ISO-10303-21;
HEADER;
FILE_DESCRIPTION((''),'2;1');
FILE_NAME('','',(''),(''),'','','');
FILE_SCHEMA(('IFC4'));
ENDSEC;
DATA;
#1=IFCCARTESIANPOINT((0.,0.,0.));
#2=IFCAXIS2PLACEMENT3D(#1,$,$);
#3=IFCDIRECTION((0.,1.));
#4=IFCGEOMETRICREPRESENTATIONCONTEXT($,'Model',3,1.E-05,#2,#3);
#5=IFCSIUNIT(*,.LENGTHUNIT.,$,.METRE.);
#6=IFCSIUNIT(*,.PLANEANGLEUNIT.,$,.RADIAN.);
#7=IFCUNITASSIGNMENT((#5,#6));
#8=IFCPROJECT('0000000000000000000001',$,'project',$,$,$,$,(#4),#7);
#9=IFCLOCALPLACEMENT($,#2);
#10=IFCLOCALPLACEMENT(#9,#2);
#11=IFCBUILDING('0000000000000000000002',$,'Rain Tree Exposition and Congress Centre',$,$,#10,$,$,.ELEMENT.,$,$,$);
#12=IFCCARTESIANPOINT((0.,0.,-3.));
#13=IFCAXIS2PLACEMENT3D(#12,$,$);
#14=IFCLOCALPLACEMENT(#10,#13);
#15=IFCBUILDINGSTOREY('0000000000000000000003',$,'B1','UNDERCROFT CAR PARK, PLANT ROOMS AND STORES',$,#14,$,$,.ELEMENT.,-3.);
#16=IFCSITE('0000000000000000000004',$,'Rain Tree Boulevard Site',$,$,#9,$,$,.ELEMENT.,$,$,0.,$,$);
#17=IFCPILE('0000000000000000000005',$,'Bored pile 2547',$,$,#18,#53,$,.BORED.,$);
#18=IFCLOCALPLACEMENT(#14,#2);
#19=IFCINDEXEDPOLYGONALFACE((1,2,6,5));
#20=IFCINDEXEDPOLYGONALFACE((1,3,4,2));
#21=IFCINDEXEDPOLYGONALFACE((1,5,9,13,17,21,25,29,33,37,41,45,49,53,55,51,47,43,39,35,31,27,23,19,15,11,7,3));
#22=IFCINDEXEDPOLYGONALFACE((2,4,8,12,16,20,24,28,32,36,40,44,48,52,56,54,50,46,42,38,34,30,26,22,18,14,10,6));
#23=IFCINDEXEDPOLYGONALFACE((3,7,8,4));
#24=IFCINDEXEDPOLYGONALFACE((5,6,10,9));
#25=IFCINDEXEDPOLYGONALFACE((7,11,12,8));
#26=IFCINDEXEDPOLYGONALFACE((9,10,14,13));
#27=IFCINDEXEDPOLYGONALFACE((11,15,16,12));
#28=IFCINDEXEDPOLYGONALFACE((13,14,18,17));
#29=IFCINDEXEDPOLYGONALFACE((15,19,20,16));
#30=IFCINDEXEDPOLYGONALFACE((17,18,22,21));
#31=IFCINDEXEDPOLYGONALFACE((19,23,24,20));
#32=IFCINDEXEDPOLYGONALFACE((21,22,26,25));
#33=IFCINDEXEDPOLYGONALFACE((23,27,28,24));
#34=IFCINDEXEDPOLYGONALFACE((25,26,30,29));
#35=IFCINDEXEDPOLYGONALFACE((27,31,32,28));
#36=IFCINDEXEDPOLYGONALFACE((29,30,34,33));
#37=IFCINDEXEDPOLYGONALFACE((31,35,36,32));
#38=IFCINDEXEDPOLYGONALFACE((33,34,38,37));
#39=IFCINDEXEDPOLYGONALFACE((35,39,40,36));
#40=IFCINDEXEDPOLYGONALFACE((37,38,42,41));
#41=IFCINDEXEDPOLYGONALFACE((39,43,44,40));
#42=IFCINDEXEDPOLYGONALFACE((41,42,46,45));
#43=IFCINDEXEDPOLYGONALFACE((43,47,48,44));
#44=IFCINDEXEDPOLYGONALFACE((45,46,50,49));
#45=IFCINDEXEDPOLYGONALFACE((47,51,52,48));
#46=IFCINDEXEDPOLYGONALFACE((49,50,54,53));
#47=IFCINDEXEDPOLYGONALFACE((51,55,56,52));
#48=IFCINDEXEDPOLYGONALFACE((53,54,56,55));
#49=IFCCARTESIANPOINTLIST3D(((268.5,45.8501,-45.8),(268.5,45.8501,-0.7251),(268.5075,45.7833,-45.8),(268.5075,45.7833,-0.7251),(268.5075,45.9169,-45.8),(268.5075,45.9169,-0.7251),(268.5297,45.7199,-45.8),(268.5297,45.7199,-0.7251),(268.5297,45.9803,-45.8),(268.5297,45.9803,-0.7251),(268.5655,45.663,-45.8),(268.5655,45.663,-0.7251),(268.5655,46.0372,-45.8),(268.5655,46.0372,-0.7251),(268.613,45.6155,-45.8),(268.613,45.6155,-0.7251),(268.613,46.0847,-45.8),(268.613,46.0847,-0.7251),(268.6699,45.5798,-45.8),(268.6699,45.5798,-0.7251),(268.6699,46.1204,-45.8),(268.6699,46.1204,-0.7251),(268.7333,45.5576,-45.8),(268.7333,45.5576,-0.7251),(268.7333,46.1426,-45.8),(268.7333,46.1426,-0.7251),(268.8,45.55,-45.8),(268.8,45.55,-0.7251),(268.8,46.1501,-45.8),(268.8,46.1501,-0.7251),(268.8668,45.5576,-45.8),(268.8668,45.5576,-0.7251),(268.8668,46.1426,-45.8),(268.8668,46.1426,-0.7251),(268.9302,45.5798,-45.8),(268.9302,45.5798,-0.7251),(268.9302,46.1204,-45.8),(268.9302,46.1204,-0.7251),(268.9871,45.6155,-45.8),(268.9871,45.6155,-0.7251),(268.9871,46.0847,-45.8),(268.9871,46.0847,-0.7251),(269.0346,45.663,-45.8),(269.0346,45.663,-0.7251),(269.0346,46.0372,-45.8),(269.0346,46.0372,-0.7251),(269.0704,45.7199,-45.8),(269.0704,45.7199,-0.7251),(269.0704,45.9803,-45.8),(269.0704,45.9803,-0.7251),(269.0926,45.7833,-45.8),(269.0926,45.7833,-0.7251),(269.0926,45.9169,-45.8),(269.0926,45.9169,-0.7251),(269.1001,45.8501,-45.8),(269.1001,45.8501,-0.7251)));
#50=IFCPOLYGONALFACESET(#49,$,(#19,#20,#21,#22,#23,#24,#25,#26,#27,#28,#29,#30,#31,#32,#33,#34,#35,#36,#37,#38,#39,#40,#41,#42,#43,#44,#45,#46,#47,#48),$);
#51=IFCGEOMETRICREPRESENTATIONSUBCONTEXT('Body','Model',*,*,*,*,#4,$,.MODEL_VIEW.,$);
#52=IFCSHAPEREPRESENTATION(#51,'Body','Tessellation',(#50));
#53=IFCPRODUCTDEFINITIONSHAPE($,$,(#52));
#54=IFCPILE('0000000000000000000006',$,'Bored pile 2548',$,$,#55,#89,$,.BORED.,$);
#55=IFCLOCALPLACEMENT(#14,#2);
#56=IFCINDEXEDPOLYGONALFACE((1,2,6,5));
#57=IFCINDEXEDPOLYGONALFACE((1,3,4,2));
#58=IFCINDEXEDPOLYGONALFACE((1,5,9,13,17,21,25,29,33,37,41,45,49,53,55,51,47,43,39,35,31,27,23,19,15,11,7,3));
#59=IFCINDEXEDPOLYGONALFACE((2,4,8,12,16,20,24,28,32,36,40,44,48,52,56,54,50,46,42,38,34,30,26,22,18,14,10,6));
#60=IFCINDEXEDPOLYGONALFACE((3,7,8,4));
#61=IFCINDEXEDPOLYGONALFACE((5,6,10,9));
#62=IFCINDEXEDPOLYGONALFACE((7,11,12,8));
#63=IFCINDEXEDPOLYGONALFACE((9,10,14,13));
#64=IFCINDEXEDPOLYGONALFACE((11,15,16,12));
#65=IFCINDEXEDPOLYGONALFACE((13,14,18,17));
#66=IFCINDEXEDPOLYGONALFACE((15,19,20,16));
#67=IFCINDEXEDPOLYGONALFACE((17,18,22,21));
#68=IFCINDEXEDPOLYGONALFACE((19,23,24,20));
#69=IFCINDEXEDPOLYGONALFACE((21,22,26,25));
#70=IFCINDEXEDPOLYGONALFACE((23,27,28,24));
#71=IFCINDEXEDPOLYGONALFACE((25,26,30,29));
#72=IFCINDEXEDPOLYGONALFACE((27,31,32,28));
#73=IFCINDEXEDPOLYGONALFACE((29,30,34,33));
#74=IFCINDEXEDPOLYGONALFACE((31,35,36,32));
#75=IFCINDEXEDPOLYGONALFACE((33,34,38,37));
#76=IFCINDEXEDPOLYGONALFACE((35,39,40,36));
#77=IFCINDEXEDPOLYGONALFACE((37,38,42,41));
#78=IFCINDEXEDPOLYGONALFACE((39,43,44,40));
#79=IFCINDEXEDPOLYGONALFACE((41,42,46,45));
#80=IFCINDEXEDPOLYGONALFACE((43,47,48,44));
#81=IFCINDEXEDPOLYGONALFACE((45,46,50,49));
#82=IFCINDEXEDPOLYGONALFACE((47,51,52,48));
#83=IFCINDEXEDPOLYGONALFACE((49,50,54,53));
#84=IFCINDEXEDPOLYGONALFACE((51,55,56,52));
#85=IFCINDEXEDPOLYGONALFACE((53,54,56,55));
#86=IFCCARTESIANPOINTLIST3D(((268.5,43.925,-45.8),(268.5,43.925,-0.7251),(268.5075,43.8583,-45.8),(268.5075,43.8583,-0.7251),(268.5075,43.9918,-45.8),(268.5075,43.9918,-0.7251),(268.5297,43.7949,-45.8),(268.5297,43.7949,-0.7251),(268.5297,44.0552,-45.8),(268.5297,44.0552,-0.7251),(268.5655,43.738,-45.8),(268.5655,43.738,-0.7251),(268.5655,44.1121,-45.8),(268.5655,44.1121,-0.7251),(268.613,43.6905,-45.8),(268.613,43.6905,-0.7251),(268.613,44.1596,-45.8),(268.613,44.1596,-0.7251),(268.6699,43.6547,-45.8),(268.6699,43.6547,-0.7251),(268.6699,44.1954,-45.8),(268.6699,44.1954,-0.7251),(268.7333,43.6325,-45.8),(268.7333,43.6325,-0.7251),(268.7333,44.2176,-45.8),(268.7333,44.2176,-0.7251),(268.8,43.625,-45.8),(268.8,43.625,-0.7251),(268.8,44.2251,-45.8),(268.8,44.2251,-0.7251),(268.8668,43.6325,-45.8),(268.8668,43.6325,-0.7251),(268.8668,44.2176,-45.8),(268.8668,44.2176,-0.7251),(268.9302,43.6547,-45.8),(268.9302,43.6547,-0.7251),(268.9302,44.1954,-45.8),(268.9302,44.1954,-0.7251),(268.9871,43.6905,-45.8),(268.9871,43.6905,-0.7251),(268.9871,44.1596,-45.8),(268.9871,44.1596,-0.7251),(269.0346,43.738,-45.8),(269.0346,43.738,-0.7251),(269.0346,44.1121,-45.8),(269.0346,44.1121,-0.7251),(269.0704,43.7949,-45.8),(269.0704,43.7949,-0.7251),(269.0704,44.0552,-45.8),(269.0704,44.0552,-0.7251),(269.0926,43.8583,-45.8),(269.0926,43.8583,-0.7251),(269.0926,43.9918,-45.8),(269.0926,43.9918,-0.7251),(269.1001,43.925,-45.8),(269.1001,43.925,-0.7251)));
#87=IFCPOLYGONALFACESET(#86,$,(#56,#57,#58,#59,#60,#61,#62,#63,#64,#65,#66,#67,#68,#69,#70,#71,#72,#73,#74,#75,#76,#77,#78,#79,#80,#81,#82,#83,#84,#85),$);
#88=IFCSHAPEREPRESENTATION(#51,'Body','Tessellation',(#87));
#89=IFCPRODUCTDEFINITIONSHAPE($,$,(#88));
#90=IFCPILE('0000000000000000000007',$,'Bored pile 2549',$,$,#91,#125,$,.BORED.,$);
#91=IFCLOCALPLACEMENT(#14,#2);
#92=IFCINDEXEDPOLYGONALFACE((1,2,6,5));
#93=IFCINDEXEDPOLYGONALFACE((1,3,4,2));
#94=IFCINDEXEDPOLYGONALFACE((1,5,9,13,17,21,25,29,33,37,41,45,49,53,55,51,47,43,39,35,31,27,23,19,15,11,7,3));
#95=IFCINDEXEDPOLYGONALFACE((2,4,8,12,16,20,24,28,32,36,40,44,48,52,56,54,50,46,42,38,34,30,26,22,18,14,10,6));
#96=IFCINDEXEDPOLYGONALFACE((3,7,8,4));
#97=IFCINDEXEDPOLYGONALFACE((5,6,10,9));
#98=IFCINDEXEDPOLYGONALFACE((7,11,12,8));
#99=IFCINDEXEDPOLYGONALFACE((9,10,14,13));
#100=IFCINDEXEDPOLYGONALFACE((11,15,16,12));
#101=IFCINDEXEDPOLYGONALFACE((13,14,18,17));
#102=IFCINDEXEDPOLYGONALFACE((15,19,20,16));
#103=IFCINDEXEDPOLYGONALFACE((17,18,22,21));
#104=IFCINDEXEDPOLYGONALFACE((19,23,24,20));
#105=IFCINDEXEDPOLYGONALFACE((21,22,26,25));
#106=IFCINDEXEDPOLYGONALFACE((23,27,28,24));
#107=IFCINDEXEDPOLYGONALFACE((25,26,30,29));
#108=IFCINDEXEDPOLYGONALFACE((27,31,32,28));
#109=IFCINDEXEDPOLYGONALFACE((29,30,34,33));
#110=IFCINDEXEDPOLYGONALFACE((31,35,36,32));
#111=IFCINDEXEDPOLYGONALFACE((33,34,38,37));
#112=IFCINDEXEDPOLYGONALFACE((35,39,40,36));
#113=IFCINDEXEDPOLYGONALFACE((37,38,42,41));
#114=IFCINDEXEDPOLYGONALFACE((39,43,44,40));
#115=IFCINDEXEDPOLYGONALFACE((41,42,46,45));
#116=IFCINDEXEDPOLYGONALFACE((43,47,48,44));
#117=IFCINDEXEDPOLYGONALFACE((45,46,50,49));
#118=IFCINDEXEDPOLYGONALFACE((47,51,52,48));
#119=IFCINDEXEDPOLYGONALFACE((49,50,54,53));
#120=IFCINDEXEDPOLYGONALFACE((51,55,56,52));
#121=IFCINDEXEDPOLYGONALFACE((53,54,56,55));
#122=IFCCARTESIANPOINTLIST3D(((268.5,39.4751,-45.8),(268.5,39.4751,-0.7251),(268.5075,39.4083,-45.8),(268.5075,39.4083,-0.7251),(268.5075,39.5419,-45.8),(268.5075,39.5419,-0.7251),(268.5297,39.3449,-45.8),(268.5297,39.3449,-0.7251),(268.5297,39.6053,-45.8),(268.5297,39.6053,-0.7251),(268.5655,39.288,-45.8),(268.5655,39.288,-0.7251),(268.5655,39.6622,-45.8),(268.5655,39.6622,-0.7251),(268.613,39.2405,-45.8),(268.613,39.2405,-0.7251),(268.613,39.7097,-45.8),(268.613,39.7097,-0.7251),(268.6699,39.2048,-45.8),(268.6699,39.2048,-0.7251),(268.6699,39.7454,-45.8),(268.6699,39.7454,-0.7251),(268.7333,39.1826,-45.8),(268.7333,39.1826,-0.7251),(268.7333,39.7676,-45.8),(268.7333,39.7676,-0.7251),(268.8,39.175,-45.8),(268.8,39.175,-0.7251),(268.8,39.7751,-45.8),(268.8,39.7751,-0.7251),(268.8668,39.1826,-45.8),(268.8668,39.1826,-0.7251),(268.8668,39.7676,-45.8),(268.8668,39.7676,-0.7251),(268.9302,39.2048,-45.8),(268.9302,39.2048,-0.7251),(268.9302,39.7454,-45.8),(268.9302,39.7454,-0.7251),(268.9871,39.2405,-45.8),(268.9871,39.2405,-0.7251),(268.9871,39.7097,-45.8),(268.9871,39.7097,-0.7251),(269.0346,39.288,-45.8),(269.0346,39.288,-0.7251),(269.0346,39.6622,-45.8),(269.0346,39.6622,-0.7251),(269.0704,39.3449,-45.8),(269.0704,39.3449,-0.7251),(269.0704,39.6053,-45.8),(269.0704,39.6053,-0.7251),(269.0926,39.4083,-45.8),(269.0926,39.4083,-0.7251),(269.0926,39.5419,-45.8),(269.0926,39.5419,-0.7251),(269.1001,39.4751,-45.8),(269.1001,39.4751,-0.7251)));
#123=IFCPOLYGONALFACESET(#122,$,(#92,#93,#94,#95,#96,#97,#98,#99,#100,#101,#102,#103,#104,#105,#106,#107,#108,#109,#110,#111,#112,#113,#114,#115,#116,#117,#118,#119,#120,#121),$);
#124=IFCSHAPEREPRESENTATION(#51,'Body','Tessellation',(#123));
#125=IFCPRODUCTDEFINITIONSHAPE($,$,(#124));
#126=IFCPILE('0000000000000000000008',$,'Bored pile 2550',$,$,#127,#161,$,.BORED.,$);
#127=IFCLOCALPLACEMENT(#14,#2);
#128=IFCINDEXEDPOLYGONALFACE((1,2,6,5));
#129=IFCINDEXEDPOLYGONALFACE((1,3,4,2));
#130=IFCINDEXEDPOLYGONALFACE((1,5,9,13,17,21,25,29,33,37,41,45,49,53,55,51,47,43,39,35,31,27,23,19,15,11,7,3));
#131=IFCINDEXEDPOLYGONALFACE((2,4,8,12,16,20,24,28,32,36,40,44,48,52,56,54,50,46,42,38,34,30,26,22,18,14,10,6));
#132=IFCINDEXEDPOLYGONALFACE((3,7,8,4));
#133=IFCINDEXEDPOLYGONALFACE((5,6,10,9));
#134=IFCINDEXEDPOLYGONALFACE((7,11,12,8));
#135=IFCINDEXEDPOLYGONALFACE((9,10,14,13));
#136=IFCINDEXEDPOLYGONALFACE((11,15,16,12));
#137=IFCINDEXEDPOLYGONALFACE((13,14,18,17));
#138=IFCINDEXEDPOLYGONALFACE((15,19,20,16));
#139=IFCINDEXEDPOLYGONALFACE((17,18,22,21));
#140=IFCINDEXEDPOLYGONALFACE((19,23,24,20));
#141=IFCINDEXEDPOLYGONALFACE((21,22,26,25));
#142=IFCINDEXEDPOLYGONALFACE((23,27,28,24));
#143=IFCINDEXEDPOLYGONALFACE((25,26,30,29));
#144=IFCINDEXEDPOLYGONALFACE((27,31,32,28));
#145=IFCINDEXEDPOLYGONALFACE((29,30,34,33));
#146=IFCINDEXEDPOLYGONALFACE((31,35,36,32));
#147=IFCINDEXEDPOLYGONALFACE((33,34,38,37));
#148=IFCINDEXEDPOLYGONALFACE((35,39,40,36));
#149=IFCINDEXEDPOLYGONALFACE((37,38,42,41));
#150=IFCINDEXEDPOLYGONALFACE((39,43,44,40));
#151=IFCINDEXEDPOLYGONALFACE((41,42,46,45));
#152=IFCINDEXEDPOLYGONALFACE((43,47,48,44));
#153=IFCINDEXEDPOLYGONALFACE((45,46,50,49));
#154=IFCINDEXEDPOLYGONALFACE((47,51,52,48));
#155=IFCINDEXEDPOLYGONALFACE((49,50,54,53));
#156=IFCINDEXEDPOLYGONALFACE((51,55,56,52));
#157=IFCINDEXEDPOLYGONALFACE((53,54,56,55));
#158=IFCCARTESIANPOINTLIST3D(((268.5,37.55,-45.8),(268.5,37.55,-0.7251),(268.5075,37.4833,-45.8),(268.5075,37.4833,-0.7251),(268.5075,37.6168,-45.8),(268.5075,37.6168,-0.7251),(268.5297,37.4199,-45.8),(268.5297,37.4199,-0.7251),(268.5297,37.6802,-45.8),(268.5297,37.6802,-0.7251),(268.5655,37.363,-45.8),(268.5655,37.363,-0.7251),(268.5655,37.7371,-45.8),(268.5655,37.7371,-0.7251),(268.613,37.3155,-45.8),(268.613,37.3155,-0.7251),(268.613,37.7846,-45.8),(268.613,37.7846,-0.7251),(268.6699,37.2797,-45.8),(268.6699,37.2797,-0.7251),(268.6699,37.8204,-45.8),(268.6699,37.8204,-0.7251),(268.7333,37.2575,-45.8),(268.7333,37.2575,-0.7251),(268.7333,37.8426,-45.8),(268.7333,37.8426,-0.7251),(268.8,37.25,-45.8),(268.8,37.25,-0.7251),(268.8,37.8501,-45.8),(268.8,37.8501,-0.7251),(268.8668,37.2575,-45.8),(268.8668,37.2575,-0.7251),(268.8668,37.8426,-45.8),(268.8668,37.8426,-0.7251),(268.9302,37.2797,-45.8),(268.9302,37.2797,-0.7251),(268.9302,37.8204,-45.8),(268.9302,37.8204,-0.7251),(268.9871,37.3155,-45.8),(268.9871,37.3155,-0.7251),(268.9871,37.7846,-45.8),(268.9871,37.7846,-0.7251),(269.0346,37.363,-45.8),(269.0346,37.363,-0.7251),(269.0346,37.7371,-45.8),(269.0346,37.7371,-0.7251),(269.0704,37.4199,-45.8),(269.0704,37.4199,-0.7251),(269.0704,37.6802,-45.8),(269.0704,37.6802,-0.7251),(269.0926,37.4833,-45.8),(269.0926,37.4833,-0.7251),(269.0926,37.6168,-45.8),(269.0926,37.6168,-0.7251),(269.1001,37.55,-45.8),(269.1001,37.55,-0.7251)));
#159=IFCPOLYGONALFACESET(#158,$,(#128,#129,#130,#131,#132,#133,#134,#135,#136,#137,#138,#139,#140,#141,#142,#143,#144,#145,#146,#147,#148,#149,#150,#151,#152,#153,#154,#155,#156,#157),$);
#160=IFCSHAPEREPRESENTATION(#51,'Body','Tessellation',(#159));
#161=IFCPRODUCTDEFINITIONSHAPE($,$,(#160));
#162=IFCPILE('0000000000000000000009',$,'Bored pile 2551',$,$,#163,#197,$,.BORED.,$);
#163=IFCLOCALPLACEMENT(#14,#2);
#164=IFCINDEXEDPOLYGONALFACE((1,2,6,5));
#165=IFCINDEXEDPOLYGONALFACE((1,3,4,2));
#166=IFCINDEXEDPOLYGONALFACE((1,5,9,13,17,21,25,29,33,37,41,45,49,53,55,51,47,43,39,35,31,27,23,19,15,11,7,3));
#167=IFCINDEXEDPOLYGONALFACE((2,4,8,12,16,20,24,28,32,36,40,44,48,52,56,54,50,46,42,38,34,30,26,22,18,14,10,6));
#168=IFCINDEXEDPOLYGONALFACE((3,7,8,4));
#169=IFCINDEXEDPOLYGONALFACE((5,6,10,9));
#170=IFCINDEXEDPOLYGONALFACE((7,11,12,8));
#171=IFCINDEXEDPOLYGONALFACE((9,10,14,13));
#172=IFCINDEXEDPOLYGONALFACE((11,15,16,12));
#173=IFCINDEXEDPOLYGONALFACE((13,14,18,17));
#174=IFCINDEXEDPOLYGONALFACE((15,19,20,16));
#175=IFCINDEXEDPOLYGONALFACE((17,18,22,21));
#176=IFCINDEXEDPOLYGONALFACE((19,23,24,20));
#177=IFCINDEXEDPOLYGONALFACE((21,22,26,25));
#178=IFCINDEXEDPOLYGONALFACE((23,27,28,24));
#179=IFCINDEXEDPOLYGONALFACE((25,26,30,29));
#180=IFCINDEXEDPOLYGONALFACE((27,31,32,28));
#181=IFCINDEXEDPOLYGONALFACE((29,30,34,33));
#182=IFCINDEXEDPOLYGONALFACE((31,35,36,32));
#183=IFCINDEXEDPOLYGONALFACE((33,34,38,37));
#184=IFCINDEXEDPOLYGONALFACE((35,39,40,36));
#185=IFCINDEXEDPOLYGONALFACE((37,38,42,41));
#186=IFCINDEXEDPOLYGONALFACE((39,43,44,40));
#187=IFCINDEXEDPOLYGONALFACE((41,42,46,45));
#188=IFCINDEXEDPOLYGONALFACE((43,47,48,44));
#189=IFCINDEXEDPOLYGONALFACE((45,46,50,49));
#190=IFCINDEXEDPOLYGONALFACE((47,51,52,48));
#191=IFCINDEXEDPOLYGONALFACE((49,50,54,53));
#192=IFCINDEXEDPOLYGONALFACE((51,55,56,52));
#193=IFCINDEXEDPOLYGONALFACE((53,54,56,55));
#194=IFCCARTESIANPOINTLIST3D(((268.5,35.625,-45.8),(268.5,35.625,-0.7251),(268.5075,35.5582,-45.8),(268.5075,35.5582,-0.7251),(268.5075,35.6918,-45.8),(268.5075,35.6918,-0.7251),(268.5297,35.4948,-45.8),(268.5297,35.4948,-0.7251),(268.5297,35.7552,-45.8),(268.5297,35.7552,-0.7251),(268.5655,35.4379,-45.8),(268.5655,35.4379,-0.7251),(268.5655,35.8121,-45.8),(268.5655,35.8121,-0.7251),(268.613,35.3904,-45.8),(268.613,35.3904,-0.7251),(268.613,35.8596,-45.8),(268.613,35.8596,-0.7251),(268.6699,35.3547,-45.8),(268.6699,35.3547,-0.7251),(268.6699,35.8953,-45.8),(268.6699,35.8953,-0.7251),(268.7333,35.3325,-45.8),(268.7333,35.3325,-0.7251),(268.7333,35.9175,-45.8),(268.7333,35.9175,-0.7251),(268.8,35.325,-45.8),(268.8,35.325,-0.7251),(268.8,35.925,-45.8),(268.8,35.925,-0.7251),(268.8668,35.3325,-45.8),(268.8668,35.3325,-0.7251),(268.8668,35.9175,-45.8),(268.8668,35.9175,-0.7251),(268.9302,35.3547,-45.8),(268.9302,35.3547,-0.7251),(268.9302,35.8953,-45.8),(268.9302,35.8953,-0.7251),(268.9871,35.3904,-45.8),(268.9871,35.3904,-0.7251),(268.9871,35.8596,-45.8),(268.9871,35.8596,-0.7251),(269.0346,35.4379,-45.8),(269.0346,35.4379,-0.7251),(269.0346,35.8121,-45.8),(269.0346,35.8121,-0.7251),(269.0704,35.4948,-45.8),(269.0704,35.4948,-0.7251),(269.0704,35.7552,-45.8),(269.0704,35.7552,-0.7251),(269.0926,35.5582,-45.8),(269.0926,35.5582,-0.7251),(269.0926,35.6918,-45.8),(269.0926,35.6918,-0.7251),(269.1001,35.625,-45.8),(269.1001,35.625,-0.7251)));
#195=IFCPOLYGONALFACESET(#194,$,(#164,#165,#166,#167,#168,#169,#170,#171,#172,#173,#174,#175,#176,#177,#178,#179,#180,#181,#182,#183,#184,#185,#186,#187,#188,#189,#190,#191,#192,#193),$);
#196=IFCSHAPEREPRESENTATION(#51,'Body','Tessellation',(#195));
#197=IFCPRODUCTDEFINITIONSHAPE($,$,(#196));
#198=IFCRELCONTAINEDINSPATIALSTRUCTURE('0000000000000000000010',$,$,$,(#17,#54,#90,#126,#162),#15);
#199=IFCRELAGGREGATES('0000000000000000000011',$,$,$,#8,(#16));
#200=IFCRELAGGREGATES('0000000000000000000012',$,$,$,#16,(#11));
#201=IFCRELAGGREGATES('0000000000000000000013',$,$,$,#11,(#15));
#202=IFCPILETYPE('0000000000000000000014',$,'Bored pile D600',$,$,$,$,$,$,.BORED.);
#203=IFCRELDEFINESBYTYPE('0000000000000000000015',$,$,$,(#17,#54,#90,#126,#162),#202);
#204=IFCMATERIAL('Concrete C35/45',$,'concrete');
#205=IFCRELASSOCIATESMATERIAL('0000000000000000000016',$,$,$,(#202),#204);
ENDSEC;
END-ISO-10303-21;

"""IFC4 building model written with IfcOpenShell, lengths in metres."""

from ifc_helpers import new_model, si_unit, direction, frame, origin, origin_2d, place, context, subcontext, project, spatial, circle, extrude, material, material_profile, profile_set, type_object, element, save


model = new_model("IFC4")

# Units and contexts
model_context = context("Model", 3, precision=1e-05, world=origin(), true_north=direction((0.0, 1.0)))
body_context = subcontext(model_context, "Body", "Model", "MODEL_VIEW")
ifc_project = project(units=[si_unit("LENGTHUNIT", "METRE"), si_unit("PLANEANGLEUNIT", "RADIAN")], contexts=[model_context])

# Site, building, storey
site_placement = place(None, origin())
site = spatial("IfcSite", under=ifc_project, at=site_placement, Name="Rain Tree Boulevard Site", CompositionType="ELEMENT", RefElevation=0.0)
building_placement = place(site_placement, origin())
building = spatial("IfcBuilding", under=site, at=building_placement, Name="Rain Tree Exposition and Congress Centre", CompositionType="ELEMENT")
storey_placement = place(building_placement, frame((0.0, 0.0, -3.0)))
storey = spatial("IfcBuildingStorey", under=building, at=storey_placement, Name="B1", Description="UNDERCROFT CAR PARK, PLANT ROOMS AND STORES", CompositionType="ELEMENT", Elevation=-3.0)

# Piles
ifc_material_1 = material(Name="Concrete C35/45", Category="concrete")
ifc_material_profile_1 = material_profile(ifc_material_1, circle(Radius=0.3, at=origin_2d()), Name="D600")
ifc_profile_set_1 = profile_set([ifc_material_profile_1], Name="Concrete C35/45")
pile_type_1 = type_object("IfcPileType", Name="Bored pile D600", PredefinedType="BORED", material=ifc_profile_set_1)
for number, where, z_axis, x_axis, name in (
    (1, (268.8, 45.8501, -0.7251), (0.0, 0.0, -1.0), (1.0, 0.0, 0.0), "Bored pile 2547"),
    (2, (268.8, 43.925, -0.7251), (0.0, 0.0, -1.0), (1.0, 0.0, 0.0), "Bored pile 2548"),
    (3, (268.8, 39.4751, -0.7251), (0.0, 0.0, -1.0), (1.0, 0.0, 0.0), "Bored pile 2549"),
    (4, (268.8, 37.55, -0.7251), (0.0, 0.0, -1.0), (1.0, 0.0, 0.0), "Bored pile 2550"),
    (5, (268.8, 35.625, -0.7251), (0.0, 0.0, -1.0), (1.0, 0.0, 0.0), "Bored pile 2551"),
):
    element("IfcPile", number, at=place(storey_placement, frame(where, z_axis=z_axis, x_axis=x_axis)), inside=storey, type_object=pile_type_1, Name=name, PredefinedType="BORED", context=body_context, shape_type="SweptSolid", body=[
        extrude(circle(Radius=0.3, at=origin_2d()), origin(), (0.0, 0.0, 1.0), 45.075),
    ])

save(model, "model.ifc")
